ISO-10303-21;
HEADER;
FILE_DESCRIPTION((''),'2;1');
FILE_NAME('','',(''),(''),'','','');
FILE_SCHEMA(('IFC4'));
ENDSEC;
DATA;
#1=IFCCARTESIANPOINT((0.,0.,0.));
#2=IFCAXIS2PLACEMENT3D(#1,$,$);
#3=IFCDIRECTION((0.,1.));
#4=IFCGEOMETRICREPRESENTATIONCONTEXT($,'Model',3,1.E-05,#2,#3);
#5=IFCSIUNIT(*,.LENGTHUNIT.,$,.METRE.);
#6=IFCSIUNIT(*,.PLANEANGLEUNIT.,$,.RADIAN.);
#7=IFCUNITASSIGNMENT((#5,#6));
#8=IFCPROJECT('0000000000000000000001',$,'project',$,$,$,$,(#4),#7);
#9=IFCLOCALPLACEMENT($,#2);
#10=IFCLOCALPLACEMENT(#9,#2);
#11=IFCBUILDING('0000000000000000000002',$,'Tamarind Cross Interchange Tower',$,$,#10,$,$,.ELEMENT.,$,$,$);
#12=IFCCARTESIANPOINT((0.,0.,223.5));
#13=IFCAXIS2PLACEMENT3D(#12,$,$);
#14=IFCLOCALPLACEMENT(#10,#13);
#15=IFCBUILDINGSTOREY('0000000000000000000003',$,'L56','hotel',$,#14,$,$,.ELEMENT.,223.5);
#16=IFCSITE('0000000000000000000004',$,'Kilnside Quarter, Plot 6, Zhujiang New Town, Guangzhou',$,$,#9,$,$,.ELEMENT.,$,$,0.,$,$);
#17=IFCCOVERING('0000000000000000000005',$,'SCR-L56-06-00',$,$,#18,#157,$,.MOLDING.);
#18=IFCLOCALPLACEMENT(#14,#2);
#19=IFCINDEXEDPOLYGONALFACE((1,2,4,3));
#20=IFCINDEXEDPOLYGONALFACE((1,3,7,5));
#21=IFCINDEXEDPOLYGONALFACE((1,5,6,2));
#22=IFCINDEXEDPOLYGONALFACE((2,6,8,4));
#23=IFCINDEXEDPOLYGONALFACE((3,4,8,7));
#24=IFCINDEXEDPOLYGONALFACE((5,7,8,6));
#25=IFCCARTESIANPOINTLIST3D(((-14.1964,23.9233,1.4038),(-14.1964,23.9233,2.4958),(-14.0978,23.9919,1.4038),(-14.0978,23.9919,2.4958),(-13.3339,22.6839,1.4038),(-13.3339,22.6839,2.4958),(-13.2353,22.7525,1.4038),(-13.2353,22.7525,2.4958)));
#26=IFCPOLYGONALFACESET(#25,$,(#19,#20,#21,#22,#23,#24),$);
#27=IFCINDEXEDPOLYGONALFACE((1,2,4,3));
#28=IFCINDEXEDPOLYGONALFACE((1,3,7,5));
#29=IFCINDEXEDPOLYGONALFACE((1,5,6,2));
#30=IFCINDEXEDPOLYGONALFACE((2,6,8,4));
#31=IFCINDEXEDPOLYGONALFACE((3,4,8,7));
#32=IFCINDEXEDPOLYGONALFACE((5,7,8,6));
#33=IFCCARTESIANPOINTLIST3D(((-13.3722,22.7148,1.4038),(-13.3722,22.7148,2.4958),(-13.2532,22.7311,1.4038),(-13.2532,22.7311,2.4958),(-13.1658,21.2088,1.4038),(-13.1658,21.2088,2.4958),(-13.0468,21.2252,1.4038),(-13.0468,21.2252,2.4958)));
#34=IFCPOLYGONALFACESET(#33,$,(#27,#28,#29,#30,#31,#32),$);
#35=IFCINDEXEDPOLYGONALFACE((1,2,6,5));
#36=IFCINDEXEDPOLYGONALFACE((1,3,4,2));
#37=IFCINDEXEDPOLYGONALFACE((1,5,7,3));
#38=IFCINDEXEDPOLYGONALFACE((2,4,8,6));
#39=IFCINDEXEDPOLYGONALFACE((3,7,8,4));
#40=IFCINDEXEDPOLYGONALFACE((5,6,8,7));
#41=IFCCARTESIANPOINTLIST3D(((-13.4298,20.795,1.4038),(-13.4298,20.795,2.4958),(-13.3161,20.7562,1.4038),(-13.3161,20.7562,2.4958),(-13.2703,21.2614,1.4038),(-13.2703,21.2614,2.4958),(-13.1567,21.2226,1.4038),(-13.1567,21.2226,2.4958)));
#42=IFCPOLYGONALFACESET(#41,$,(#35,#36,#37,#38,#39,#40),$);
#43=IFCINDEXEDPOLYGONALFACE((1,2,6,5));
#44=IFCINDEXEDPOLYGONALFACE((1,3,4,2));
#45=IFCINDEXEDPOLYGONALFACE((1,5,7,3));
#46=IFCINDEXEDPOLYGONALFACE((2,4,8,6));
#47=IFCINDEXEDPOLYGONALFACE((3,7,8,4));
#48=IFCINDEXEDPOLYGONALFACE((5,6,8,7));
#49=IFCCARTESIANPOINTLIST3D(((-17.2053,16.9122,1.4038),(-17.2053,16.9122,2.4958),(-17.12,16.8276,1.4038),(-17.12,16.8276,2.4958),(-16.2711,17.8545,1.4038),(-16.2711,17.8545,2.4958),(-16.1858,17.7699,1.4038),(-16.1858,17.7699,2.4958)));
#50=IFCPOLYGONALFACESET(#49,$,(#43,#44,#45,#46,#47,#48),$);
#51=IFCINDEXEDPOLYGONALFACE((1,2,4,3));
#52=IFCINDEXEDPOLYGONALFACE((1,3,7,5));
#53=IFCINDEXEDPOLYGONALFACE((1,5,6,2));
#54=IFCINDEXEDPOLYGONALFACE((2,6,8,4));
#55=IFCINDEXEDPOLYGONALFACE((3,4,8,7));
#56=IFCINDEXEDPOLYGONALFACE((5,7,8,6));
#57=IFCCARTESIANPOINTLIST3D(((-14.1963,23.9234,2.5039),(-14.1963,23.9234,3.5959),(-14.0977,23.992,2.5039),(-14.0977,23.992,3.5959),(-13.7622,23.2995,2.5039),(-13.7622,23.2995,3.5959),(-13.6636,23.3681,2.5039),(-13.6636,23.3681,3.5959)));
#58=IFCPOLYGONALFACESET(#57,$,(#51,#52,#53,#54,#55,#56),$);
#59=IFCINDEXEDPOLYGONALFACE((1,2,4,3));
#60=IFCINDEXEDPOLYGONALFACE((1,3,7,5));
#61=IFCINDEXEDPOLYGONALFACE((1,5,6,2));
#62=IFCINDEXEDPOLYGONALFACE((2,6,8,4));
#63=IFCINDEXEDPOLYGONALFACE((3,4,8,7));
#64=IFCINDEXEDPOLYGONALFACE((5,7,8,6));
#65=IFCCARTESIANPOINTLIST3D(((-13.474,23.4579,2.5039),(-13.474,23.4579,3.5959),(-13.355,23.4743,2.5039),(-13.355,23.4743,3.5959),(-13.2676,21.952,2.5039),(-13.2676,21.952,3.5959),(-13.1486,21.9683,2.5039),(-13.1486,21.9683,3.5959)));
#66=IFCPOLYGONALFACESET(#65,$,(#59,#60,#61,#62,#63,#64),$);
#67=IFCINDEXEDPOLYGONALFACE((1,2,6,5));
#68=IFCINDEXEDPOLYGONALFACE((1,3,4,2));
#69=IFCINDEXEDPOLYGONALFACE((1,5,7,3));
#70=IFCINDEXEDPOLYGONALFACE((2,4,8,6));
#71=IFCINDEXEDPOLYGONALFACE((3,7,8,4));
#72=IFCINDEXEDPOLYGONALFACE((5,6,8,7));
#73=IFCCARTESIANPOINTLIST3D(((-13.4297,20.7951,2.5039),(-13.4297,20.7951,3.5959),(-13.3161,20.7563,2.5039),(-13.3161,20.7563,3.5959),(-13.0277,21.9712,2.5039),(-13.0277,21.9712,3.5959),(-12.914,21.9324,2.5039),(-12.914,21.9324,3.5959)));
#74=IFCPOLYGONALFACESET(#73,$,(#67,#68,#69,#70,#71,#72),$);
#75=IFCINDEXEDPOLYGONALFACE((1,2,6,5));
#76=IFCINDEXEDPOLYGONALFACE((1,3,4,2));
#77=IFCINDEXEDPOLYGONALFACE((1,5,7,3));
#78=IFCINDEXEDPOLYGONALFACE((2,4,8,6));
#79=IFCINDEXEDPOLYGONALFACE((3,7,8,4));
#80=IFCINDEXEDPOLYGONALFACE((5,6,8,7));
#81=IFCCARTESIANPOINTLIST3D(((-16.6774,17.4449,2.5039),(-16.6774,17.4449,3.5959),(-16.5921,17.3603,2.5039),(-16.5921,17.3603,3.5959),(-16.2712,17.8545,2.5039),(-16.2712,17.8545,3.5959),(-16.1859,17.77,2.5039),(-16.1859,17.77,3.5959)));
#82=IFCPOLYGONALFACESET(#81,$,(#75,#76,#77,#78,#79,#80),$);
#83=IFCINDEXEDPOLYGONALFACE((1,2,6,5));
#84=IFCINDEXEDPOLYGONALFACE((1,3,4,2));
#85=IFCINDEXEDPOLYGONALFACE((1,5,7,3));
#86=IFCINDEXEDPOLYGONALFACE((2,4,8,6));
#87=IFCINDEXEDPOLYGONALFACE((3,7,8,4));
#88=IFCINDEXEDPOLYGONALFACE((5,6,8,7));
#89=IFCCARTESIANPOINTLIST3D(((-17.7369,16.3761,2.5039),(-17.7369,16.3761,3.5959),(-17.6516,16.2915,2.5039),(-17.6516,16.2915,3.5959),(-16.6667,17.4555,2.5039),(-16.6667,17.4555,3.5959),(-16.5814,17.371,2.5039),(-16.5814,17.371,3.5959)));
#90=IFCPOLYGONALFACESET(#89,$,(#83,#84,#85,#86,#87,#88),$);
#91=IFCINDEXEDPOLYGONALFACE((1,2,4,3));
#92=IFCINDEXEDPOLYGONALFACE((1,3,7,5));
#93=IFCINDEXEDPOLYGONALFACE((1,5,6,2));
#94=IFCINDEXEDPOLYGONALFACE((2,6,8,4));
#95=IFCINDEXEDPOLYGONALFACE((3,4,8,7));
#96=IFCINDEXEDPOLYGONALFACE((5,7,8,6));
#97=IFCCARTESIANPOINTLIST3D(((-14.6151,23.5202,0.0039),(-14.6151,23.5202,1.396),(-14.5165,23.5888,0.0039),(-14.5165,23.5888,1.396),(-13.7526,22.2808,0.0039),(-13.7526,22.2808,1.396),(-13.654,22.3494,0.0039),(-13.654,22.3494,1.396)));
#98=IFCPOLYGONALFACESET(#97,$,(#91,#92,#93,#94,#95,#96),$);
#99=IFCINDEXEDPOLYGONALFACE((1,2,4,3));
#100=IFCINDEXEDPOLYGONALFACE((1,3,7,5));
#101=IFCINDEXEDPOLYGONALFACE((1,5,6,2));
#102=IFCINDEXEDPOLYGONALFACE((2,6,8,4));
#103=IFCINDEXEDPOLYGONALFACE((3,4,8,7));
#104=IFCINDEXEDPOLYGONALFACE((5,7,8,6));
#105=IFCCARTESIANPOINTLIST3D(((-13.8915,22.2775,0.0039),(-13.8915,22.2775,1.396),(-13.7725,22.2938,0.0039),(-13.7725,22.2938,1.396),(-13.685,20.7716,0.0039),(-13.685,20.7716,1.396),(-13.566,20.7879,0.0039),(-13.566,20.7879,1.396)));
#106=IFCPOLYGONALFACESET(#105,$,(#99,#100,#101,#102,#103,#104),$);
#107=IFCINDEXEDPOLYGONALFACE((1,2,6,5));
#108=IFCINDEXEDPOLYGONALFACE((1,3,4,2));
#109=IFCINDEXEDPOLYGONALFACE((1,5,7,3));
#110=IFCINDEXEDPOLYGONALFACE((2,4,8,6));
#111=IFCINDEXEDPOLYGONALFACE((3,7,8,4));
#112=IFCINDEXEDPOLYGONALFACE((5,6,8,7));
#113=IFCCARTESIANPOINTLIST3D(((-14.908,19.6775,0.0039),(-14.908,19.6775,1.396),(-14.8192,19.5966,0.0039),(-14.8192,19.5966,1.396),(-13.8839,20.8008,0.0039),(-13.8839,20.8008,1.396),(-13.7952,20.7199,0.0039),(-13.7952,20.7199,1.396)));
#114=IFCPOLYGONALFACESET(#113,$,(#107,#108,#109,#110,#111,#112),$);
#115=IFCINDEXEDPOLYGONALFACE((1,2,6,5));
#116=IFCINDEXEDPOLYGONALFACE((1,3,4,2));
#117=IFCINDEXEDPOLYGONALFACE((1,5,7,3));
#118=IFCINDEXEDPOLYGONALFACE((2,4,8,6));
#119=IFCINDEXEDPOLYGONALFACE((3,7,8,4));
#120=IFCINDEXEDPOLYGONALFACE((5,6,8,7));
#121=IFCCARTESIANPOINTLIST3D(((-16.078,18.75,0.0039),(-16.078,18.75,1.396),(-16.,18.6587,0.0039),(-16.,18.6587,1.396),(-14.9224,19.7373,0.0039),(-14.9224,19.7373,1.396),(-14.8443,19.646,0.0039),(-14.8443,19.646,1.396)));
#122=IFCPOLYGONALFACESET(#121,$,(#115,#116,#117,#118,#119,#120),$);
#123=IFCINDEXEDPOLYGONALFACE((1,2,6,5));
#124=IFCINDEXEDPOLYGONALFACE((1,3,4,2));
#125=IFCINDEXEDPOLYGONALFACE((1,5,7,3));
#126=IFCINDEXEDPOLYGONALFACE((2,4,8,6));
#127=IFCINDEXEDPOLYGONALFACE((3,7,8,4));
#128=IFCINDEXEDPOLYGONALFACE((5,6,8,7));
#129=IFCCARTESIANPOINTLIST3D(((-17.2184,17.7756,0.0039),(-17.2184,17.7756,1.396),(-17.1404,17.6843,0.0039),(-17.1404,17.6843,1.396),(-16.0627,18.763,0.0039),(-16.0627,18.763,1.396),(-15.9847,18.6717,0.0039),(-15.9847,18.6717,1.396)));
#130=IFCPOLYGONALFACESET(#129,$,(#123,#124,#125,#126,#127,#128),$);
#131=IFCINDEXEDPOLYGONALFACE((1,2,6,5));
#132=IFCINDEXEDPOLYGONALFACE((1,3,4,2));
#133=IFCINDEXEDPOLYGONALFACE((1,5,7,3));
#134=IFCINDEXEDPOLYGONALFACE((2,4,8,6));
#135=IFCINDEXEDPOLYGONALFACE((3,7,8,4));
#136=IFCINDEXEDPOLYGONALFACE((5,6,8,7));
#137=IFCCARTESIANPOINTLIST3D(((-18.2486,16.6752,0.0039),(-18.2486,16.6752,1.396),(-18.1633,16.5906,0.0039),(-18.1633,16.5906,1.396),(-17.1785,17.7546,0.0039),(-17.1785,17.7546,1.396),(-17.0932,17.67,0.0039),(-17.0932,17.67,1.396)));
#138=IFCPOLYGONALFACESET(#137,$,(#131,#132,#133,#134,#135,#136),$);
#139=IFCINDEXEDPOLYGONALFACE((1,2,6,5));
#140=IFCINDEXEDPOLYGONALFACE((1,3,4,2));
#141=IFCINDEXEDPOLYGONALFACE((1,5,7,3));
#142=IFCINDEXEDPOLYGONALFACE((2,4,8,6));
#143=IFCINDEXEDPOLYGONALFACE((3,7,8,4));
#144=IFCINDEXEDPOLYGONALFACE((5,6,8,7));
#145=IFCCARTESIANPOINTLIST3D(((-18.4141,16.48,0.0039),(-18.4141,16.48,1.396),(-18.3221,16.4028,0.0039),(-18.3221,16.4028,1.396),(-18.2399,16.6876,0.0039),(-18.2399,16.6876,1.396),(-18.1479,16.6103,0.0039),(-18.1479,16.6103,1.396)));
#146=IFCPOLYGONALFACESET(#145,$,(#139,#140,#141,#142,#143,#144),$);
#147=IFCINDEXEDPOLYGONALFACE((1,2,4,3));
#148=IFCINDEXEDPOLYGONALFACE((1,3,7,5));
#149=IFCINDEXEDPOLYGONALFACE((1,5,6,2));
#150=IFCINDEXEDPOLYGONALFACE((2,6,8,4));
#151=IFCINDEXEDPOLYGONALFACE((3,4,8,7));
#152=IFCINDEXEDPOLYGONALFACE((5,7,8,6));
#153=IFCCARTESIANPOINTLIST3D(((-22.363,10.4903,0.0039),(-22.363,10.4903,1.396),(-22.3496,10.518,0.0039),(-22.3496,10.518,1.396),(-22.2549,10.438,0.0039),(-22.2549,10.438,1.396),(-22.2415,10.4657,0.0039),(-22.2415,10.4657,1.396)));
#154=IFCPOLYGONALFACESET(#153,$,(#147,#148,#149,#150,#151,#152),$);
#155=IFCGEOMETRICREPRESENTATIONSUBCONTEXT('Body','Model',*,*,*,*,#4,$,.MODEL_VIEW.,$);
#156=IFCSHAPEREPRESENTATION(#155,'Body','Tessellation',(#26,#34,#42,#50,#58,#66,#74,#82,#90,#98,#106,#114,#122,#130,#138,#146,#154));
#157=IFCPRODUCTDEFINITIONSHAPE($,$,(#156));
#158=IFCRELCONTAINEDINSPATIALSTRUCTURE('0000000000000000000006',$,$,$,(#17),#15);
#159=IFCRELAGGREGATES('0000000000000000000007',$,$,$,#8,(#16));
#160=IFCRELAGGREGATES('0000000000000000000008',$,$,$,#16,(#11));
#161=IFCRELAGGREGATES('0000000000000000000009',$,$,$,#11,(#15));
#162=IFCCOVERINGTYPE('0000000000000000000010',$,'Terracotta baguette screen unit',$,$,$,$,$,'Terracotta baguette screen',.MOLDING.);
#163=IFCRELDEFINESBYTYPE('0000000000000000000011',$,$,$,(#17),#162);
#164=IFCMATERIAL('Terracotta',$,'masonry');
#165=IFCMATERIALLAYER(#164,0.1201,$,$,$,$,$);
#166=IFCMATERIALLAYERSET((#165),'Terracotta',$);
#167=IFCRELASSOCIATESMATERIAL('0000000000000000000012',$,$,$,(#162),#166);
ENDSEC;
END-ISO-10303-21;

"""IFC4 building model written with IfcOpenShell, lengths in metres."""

from ifc_helpers import new_model, si_unit, direction, frame, origin, origin_2d, place, context, subcontext, project, spatial, rectangle, extrude, material, layer, layer_set, type_object, element, save


model = new_model("IFC4")

# Units and contexts
model_context = context("Model", 3, precision=1e-05, world=origin(), true_north=direction((0.0, 1.0)))
body_context = subcontext(model_context, "Body", "Model", "MODEL_VIEW")
ifc_project = project(units=[si_unit("LENGTHUNIT", "METRE"), si_unit("PLANEANGLEUNIT", "RADIAN")], contexts=[model_context])

# Site, building, storey
site_placement = place(None, origin())
site = spatial("IfcSite", under=ifc_project, at=site_placement, Name="Kilnside Quarter, Plot 6, Zhujiang New Town, Guangzhou", CompositionType="ELEMENT", RefElevation=0.0)
building_placement = place(site_placement, origin())
building = spatial("IfcBuilding", under=site, at=building_placement, Name="Tamarind Cross Interchange Tower", CompositionType="ELEMENT")
storey_placement = place(building_placement, frame((0.0, 0.0, 223.5)))
storey = spatial("IfcBuildingStorey", under=building, at=storey_placement, Name="L56", Description="hotel", CompositionType="ELEMENT", Elevation=223.5)

# Covering
ifc_material_1 = material(Name="Terracotta", Category="masonry")
ifc_layer_1 = layer(ifc_material_1, 0.1201)
ifc_layer_set_1 = layer_set([ifc_layer_1], Name="Terracotta")
covering_type = type_object("IfcCoveringType", Name="Terracotta baguette screen unit", ElementType="Terracotta baguette screen", PredefinedType="MOLDING", material=ifc_layer_set_1)
covering_1_placement = place(storey_placement, origin())
element("IfcCovering", 1, at=covering_1_placement, inside=storey, type_object=covering_type, Name="SCR-L56-06-00", PredefinedType="MOLDING", context=body_context, shape_type="SweptSolid", body=[
    extrude(rectangle(XDim=1.51, YDim=0.1201, at=origin_2d()), frame((-13.7158, 23.3379, 1.4038), z_axis=(0.0, 0.0, 1.0), x_axis=(0.571195, -0.820815, 0.0)), (0.0, 0.0, 1.0), 1.092),
    extrude(rectangle(XDim=1.52, YDim=0.1201, at=origin_2d()), frame((-13.2095, 21.97, 1.4038), z_axis=(0.0, 0.0, 1.0), x_axis=(0.13581, -0.990735, 0.0)), (0.0, 0.0, 1.0), 1.092),
    extrude(rectangle(XDim=0.4929, YDim=0.1201, at=origin_2d()), frame((-13.2932, 21.0088, 1.4038), z_axis=(0.0, 0.0, 1.0), x_axis=(-0.323471, -0.946238, 0.0)), (0.0, 0.0, 1.0), 1.092),
    extrude(rectangle(XDim=1.3269, YDim=0.1201, at=origin_2d()), frame((-16.6956, 17.3411, 1.4038), z_axis=(0.0, 0.0, 1.0), x_axis=(-0.704057, -0.710143, 0.0)), (0.0, 0.0, 1.0), 1.092),
    extrude(rectangle(XDim=0.76, YDim=0.1201, at=origin_2d()), frame((-13.9299, 23.6458, 2.5039), z_axis=(0.0, 0.0, 1.0), x_axis=(0.571195, -0.820815, 0.0)), (0.0, 0.0, 1.0), 1.092),
    extrude(rectangle(XDim=1.52, YDim=0.1201, at=origin_2d()), frame((-13.3113, 22.7131, 2.5039), z_axis=(0.0, 0.0, 1.0), x_axis=(0.13581, -0.990735, 0.0)), (0.0, 0.0, 1.0), 1.092),
    extrude(rectangle(XDim=1.2429, YDim=0.1201, at=origin_2d()), frame((-13.1719, 21.3638, 2.5039), z_axis=(0.0, 0.0, 1.0), x_axis=(-0.323471, -0.946238, 0.0)), (0.0, 0.0, 1.0), 1.092),
    extrude(rectangle(XDim=0.5769, YDim=0.1201, at=origin_2d()), frame((-16.4316, 17.6074, 2.5039), z_axis=(0.0, 0.0, 1.0), x_axis=(-0.704057, -0.710143, 0.0)), (0.0, 0.0, 1.0), 1.092),
    extrude(rectangle(XDim=1.52, YDim=0.1201, at=origin_2d()), frame((-17.1592, 16.8735, 2.5039), z_axis=(0.0, 0.0, 1.0), x_axis=(-0.704057, -0.710143, 0.0)), (0.0, 0.0, 1.0), 1.092),
    extrude(rectangle(XDim=1.51, YDim=0.1201, at=origin_2d()), frame((-14.1345, 22.9348, 0.0039), z_axis=(0.0, 0.0, 1.0), x_axis=(0.571195, -0.820815, 0.0)), (0.0, 0.0, 1.0), 1.3921),
    extrude(rectangle(XDim=1.52, YDim=0.1201, at=origin_2d()), frame((-13.7288, 21.5327, 0.0039), z_axis=(0.0, 0.0, 1.0), x_axis=(0.13581, -0.990735, 0.0)), (0.0, 0.0, 1.0), 1.3921),
    extrude(rectangle(XDim=1.52, YDim=0.1201, at=origin_2d()), frame((-14.3516, 20.1987, 0.0039), z_axis=(0.0, 0.0, 1.0), x_axis=(-0.673699, -0.739005, 0.0)), (0.0, 0.0, 1.0), 1.3921),
    extrude(rectangle(XDim=1.52, YDim=0.1201, at=origin_2d()), frame((-15.4612, 19.198, 0.0039), z_axis=(0.0, 0.0, 1.0), x_axis=(-0.760296, -0.649577, 0.0)), (0.0, 0.0, 1.0), 1.3921),
    extrude(rectangle(XDim=1.52, YDim=0.1201, at=origin_2d()), frame((-16.6016, 18.2236, 0.0039), z_axis=(0.0, 0.0, 1.0), x_axis=(-0.760296, -0.649577, 0.0)), (0.0, 0.0, 1.0), 1.3921),
    extrude(rectangle(XDim=1.52, YDim=0.1201, at=origin_2d()), frame((-17.6709, 17.1726, 0.0039), z_axis=(0.0, 0.0, 1.0), x_axis=(-0.704057, -0.710143, 0.0)), (0.0, 0.0, 1.0), 1.3921),
    extrude(rectangle(XDim=0.271, YDim=0.1201, at=origin_2d()), frame((-18.281, 16.5452, 0.0039), z_axis=(0.0, 0.0, 1.0), x_axis=(-0.643009, -0.765858, 0.0)), (0.0, 0.0, 1.0), 1.3921),
    extrude(rectangle(XDim=0.0308, YDim=0.1201, at=origin_2d()), frame((-22.3022, 10.478, 0.0039), z_axis=(0.0, 0.0, 1.0), x_axis=(-0.435326, -0.900273, 0.0)), (0.0, 0.0, 1.0), 1.3921),
])

save(model, "model.ifc")
